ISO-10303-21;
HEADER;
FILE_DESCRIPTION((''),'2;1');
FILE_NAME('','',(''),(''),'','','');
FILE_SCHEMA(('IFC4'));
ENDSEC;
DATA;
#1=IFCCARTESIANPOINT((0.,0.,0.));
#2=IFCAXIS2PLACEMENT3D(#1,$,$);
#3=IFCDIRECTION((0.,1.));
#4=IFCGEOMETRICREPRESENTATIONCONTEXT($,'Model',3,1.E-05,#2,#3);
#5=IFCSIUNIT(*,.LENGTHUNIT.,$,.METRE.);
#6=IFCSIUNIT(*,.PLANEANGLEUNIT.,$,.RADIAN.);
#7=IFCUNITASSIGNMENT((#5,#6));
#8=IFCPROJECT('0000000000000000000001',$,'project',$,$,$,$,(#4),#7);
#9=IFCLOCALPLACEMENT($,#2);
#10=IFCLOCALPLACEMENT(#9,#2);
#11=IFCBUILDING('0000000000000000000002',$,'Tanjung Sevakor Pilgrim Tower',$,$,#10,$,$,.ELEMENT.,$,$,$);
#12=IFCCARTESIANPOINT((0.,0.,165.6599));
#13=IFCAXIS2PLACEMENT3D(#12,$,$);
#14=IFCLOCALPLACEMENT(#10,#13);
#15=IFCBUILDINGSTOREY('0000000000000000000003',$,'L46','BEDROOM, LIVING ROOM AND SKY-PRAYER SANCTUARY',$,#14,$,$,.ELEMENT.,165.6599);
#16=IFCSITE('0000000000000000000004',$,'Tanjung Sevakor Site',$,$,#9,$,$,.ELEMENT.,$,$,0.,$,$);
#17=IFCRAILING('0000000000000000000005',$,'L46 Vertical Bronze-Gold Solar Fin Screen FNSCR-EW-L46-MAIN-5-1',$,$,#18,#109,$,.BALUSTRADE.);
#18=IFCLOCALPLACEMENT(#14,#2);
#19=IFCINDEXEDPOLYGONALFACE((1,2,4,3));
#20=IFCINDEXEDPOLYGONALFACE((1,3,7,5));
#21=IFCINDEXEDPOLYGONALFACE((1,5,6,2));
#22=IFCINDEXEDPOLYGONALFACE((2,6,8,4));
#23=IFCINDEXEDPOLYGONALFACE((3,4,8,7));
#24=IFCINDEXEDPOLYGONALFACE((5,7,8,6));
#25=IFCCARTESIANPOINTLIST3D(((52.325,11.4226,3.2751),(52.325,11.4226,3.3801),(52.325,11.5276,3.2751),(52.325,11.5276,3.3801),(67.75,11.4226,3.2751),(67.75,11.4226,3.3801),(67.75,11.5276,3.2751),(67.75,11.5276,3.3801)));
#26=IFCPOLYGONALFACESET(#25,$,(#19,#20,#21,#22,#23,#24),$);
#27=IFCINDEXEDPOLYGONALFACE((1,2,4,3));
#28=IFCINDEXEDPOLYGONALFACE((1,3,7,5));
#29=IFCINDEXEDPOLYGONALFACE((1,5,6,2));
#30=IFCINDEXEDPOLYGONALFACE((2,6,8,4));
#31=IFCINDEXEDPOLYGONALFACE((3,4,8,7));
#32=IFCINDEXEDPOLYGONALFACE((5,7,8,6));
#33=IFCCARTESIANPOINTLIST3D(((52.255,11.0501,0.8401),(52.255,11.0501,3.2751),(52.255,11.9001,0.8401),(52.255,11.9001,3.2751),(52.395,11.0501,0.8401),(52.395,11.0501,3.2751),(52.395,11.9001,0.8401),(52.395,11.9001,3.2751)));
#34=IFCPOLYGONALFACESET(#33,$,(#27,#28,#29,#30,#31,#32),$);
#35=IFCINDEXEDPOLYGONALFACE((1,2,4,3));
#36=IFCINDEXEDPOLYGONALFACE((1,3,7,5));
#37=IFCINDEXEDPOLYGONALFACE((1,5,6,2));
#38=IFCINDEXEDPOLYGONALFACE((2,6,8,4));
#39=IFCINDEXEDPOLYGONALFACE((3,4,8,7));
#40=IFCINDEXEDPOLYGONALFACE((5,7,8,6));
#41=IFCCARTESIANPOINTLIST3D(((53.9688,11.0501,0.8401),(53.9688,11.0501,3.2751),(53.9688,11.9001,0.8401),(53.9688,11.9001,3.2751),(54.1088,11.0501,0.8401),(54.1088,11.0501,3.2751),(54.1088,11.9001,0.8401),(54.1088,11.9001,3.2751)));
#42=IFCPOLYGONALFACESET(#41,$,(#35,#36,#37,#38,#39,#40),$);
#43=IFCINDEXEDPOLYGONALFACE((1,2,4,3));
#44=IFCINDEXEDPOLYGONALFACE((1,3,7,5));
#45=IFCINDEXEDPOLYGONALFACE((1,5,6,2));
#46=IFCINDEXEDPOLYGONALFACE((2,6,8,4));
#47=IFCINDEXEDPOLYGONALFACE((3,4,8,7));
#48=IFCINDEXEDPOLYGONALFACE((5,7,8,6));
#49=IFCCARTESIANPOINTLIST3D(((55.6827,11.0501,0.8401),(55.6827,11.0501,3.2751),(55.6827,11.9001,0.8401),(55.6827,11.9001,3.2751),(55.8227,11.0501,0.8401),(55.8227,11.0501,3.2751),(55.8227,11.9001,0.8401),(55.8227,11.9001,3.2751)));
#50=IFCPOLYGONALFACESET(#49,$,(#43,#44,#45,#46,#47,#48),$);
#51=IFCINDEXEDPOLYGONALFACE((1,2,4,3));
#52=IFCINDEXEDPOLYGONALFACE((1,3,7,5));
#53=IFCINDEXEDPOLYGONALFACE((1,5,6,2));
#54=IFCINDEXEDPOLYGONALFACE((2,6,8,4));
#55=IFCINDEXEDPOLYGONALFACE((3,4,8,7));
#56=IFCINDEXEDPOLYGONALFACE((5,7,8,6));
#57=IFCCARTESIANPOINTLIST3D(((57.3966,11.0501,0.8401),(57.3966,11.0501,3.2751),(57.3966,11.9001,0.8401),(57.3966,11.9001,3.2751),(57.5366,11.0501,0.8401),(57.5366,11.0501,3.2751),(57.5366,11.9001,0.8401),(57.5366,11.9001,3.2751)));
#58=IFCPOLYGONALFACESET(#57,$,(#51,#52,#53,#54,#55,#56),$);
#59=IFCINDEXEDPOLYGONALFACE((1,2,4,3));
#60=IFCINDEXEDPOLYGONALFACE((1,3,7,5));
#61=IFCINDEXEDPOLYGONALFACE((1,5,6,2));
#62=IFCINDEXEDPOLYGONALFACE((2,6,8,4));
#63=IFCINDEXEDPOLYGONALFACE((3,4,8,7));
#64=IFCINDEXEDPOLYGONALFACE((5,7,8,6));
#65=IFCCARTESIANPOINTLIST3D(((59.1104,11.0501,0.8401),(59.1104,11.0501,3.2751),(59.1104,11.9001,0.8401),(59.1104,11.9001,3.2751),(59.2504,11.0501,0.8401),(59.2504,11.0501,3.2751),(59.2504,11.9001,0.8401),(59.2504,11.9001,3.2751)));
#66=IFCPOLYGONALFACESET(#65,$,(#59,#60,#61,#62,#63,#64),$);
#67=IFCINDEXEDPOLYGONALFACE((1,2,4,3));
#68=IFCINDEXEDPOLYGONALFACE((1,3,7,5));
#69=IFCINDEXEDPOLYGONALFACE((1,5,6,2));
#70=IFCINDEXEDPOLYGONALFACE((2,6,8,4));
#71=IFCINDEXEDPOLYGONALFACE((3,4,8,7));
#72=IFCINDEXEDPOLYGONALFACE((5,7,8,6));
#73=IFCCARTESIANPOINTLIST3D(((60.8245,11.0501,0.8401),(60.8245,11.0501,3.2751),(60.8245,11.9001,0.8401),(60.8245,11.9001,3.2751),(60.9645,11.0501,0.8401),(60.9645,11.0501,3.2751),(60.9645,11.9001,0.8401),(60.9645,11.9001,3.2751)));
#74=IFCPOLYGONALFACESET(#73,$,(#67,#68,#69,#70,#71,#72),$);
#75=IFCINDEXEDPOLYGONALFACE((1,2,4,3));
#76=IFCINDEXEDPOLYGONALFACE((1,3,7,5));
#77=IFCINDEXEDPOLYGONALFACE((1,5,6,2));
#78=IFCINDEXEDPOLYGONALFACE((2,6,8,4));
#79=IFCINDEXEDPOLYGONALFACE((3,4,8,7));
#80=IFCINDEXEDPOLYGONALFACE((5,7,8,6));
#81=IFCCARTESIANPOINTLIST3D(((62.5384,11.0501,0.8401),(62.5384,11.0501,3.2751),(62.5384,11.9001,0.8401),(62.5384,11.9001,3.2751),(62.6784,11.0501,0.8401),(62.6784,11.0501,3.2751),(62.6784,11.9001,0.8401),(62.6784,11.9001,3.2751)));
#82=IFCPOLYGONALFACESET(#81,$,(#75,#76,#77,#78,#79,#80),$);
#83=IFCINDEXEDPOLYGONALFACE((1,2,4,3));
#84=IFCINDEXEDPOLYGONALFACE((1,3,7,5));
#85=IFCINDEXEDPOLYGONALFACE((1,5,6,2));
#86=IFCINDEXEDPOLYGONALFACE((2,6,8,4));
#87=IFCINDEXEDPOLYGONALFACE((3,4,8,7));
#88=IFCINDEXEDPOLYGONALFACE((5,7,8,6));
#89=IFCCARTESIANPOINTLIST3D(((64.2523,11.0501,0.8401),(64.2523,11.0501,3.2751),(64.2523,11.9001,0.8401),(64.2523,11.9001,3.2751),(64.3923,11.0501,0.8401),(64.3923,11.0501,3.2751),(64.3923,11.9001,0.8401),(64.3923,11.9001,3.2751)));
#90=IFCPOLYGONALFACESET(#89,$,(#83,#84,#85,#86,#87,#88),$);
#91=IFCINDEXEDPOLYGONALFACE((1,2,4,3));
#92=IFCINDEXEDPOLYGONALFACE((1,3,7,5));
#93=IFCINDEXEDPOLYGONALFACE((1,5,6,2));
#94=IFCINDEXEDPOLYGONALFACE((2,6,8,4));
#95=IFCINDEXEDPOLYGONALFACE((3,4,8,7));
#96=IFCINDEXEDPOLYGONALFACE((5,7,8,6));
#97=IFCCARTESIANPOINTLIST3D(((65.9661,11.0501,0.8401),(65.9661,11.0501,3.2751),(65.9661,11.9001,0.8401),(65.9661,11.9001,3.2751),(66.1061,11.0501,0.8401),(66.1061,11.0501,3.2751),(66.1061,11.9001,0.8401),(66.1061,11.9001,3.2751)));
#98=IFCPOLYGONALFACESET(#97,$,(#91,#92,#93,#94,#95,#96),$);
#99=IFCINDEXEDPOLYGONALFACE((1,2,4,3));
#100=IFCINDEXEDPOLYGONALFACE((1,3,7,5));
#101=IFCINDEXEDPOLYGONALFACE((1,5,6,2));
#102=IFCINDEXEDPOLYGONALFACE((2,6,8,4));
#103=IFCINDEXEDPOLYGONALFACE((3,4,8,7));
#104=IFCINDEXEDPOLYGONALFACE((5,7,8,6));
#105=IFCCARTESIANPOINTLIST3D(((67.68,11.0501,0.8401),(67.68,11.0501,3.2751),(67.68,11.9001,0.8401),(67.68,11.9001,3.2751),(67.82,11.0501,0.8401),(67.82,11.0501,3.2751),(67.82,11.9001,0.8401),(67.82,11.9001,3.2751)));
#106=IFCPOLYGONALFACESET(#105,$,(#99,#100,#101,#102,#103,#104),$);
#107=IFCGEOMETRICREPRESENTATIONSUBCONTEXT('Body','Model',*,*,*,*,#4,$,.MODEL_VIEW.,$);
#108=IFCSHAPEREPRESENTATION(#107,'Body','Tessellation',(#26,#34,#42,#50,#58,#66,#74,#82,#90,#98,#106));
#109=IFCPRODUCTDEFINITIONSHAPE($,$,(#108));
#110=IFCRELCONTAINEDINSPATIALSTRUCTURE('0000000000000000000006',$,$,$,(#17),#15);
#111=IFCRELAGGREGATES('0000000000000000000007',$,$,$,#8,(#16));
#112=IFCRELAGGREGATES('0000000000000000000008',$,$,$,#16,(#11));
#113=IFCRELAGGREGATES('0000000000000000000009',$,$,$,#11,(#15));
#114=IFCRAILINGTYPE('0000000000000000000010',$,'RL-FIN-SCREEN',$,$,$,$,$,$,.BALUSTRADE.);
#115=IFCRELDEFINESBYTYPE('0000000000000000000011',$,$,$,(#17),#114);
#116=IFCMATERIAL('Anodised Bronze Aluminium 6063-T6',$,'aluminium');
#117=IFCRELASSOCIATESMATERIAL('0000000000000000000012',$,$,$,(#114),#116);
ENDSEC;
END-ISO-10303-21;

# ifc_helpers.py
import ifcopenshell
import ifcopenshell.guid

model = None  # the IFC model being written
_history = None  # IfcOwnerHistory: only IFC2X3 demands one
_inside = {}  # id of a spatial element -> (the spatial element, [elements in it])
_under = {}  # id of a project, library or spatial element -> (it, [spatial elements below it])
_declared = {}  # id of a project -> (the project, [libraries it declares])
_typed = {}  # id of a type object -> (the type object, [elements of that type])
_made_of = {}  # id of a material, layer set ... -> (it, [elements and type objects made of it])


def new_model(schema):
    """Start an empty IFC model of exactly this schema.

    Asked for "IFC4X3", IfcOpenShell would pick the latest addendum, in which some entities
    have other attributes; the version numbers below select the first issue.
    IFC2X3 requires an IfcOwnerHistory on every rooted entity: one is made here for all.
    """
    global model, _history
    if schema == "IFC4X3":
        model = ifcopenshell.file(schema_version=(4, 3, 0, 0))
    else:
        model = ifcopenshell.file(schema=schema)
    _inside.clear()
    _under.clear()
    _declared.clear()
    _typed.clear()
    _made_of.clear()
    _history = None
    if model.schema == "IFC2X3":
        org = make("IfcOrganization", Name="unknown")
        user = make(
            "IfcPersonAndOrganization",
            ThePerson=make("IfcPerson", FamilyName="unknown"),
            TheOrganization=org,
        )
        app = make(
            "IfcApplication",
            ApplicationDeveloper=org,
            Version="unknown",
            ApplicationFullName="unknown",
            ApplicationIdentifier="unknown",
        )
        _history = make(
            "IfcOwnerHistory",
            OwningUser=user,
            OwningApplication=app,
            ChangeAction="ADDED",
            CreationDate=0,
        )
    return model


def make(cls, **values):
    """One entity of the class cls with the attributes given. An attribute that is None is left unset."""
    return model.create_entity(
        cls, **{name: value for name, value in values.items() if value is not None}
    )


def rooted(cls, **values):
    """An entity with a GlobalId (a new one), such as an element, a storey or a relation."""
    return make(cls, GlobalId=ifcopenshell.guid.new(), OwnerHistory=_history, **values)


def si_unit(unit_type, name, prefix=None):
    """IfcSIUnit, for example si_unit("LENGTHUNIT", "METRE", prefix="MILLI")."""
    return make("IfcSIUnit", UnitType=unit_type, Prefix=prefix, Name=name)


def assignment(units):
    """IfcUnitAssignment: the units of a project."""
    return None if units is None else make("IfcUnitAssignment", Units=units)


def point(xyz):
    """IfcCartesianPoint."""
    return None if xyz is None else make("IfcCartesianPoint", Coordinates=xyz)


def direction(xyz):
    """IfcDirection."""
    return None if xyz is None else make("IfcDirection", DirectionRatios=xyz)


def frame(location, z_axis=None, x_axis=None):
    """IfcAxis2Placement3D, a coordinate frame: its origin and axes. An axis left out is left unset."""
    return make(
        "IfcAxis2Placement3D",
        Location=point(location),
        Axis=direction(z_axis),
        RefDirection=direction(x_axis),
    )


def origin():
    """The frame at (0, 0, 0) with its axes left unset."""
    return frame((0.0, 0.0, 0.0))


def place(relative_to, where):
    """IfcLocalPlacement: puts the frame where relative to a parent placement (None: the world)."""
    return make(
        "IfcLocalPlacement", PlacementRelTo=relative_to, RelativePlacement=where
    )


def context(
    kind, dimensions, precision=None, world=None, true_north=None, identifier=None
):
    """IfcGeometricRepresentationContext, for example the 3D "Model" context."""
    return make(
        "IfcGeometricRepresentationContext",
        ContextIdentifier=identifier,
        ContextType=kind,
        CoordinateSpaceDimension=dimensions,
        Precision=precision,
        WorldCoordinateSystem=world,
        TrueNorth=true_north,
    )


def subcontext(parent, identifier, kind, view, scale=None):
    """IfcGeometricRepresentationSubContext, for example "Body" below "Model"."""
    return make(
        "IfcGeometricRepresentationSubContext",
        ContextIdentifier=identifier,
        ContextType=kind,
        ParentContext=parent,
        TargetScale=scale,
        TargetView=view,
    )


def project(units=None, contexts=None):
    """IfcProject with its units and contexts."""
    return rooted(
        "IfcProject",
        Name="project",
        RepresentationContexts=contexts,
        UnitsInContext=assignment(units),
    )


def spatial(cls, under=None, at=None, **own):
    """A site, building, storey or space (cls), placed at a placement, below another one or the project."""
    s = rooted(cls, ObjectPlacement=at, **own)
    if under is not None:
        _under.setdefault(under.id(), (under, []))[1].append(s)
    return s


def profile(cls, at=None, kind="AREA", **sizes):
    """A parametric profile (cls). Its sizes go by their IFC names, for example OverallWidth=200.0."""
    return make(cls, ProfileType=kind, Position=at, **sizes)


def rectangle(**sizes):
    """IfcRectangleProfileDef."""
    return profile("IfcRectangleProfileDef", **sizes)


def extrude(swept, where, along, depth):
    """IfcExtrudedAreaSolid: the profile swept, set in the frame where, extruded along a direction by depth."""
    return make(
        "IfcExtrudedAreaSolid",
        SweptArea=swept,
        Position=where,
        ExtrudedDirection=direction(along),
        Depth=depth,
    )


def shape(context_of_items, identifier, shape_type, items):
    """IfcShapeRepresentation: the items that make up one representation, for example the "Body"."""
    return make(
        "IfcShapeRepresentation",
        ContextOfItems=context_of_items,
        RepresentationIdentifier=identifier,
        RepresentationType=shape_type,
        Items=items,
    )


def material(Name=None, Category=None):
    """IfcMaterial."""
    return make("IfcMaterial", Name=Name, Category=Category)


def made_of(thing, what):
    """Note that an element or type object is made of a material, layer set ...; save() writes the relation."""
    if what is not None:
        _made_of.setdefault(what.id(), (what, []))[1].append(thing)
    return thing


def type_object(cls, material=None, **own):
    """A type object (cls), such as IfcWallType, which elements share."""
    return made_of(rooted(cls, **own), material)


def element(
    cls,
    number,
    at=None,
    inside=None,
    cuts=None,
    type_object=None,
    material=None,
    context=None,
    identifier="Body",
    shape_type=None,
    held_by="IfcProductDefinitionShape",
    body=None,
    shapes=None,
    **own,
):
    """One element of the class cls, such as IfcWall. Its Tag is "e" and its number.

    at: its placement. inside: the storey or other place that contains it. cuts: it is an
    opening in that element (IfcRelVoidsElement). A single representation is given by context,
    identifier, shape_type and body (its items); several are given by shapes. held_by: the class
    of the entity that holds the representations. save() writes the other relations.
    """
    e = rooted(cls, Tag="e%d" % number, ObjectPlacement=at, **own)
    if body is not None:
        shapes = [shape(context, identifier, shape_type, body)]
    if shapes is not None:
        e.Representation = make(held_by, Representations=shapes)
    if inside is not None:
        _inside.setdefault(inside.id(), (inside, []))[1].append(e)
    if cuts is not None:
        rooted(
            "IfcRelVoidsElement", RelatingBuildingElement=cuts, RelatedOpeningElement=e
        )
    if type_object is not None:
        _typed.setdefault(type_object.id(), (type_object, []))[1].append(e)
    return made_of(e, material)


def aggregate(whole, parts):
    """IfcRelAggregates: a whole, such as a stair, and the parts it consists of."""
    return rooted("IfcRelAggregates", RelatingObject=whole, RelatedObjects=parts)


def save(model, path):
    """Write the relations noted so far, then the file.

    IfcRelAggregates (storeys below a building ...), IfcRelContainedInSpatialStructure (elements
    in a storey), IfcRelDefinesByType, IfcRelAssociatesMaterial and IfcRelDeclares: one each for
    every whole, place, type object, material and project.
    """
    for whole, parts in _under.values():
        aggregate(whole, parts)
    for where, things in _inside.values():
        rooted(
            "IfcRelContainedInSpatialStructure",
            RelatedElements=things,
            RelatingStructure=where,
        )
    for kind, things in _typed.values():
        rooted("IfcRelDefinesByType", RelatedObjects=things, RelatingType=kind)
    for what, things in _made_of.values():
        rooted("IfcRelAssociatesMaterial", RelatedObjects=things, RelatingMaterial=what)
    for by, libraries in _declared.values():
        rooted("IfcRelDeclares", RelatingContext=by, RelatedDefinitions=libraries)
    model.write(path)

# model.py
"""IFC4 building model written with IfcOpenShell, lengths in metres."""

from ifc_helpers import new_model, si_unit, direction, frame, origin, place, context, subcontext, project, spatial, rectangle, extrude, material, type_object, element, save


model = new_model("IFC4")

# Units and contexts
model_context = context("Model", 3, precision=1e-05, world=origin(), true_north=direction((0.0, 1.0)))
body_context = subcontext(model_context, "Body", "Model", "MODEL_VIEW")
ifc_project = project(units=[si_unit("LENGTHUNIT", "METRE"), si_unit("PLANEANGLEUNIT", "RADIAN")], contexts=[model_context])

# Site, building, storey
site_placement = place(None, origin())
site = spatial("IfcSite", under=ifc_project, at=site_placement, Name="Tanjung Sevakor Site", CompositionType="ELEMENT", RefElevation=0.0)
building_placement = place(site_placement, origin())
building = spatial("IfcBuilding", under=site, at=building_placement, Name="Tanjung Sevakor Pilgrim Tower", CompositionType="ELEMENT")
storey_placement = place(building_placement, frame((0.0, 0.0, 165.6599)))
storey = spatial("IfcBuildingStorey", under=building, at=storey_placement, Name="L46", Description="BEDROOM, LIVING ROOM AND SKY-PRAYER SANCTUARY", CompositionType="ELEMENT", Elevation=165.6599)

# Railing
ifc_material_1 = material(Name="Anodised Bronze Aluminium 6063-T6", Category="aluminium")
railing_type_1 = type_object("IfcRailingType", Name="RL-FIN-SCREEN", PredefinedType="BALUSTRADE", material=ifc_material_1)
railing_1_placement = place(storey_placement, frame((52.325, 11.4751, 0.8401)))
element("IfcRailing", 1, at=railing_1_placement, inside=storey, type_object=railing_type_1, Name="L46 Vertical Bronze-Gold Solar Fin Screen FNSCR-EW-L46-MAIN-5-1", PredefinedType="BALUSTRADE", context=body_context, shape_type="SweptSolid", body=[
    extrude(rectangle(XDim=0.105, YDim=0.105), frame((0.0, 0.0, 2.4875), z_axis=(1.0, 0.0, 0.0), x_axis=(0.0, 1.0, 0.0)), (0.0, 0.0, 1.0), 15.425),
    extrude(rectangle(XDim=0.14, YDim=0.85), origin(), (0.0, 0.0, 1.0), 2.4351),
    extrude(rectangle(XDim=0.14, YDim=0.85), frame((1.7139, 0.0, 0.0)), (0.0, 0.0, 1.0), 2.4351),
    extrude(rectangle(XDim=0.14, YDim=0.85), frame((3.4277, 0.0, 0.0)), (0.0, 0.0, 1.0), 2.4351),
    extrude(rectangle(XDim=0.14, YDim=0.85), frame((5.1416, 0.0, 0.0)), (0.0, 0.0, 1.0), 2.4351),
    extrude(rectangle(XDim=0.14, YDim=0.85), frame((6.8555, 0.0, 0.0)), (0.0, 0.0, 1.0), 2.4351),
    extrude(rectangle(XDim=0.14, YDim=0.85), frame((8.5696, 0.0, 0.0)), (0.0, 0.0, 1.0), 2.4351),
    extrude(rectangle(XDim=0.14, YDim=0.85), frame((10.2834, 0.0, 0.0)), (0.0, 0.0, 1.0), 2.4351),
    extrude(rectangle(XDim=0.14, YDim=0.85), frame((11.9973, 0.0, 0.0)), (0.0, 0.0, 1.0), 2.4351),
    extrude(rectangle(XDim=0.14, YDim=0.85), frame((13.7112, 0.0, 0.0)), (0.0, 0.0, 1.0), 2.4351),
    extrude(rectangle(XDim=0.14, YDim=0.85), frame((15.425, 0.0, 0.0)), (0.0, 0.0, 1.0), 2.4351),
])

save(model, "model.ifc")
